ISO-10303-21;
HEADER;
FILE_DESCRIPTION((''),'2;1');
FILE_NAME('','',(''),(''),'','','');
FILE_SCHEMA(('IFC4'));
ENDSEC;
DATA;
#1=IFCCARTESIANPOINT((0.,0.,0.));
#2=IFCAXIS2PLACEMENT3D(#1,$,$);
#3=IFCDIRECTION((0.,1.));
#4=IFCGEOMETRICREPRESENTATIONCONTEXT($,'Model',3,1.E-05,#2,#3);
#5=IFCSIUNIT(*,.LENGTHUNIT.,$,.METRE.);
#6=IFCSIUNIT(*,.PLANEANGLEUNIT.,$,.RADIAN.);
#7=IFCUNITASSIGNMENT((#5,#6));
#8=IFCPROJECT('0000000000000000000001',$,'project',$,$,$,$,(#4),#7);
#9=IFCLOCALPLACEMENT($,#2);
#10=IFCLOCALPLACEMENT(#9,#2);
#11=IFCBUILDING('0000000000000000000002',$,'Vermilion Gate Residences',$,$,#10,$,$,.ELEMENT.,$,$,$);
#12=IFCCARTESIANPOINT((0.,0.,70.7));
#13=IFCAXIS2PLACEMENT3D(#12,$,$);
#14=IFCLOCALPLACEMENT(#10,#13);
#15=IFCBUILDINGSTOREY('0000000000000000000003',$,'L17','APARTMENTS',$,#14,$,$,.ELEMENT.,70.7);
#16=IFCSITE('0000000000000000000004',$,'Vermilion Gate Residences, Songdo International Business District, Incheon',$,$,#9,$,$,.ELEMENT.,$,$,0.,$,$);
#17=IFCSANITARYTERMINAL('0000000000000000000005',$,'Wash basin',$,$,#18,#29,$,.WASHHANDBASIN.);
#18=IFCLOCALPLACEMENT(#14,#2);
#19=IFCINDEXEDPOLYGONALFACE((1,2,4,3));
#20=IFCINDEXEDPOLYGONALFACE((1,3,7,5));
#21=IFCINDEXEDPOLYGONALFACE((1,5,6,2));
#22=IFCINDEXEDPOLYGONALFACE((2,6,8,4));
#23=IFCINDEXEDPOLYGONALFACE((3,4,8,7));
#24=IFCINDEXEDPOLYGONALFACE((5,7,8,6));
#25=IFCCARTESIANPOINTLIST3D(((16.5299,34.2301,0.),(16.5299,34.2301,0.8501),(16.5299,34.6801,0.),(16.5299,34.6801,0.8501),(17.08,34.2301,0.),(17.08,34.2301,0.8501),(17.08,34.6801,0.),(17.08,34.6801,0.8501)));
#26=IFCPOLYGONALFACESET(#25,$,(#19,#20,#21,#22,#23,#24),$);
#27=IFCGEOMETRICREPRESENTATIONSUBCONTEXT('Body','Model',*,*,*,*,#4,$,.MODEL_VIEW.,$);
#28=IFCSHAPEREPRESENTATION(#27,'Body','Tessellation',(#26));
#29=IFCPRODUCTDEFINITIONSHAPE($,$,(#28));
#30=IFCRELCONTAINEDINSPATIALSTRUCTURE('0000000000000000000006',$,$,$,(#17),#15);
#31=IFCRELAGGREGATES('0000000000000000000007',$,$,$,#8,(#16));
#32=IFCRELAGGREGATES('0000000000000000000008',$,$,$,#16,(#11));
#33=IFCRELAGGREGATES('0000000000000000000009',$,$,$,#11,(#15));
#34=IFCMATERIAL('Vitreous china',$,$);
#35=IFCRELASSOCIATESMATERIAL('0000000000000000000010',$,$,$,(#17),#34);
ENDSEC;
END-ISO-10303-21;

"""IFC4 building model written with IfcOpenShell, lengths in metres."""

from ifc_helpers import new_model, si_unit, direction, frame, origin, origin_2d, place, context, subcontext, project, spatial, rectangle, extrude, material, element, save


model = new_model("IFC4")

# Units and contexts
model_context = context("Model", 3, precision=1e-05, world=origin(), true_north=direction((0.0, 1.0)))
body_context = subcontext(model_context, "Body", "Model", "MODEL_VIEW")
ifc_project = project(units=[si_unit("LENGTHUNIT", "METRE"), si_unit("PLANEANGLEUNIT", "RADIAN")], contexts=[model_context])

# Site, building, storey
site_placement = place(None, origin())
site = spatial("IfcSite", under=ifc_project, at=site_placement, Name="Vermilion Gate Residences, Songdo International Business District, Incheon", CompositionType="ELEMENT", RefElevation=0.0)
building_placement = place(site_placement, origin())
building = spatial("IfcBuilding", under=site, at=building_placement, Name="Vermilion Gate Residences", CompositionType="ELEMENT")
storey_placement = place(building_placement, frame((0.0, 0.0, 70.7)))
storey = spatial("IfcBuildingStorey", under=building, at=storey_placement, Name="L17", Description="APARTMENTS", CompositionType="ELEMENT", Elevation=70.7)

# Sanitary terminal
ifc_material_1 = material(Name="Vitreous china")
sanitary_terminal_1_placement = place(storey_placement, frame((16.8049, 34.4551, 0.0), z_axis=(0.0, 0.0, 1.0), x_axis=(1.0, 0.0, 0.0)))
element("IfcSanitaryTerminal", 1, at=sanitary_terminal_1_placement, inside=storey, material=ifc_material_1, Name="Wash basin", PredefinedType="WASHHANDBASIN", context=body_context, shape_type="SweptSolid", body=[
    extrude(rectangle(XDim=0.55, YDim=0.45, at=origin_2d()), origin(), (0.0, 0.0, 1.0), 0.8501),
])

save(model, "model.ifc")
